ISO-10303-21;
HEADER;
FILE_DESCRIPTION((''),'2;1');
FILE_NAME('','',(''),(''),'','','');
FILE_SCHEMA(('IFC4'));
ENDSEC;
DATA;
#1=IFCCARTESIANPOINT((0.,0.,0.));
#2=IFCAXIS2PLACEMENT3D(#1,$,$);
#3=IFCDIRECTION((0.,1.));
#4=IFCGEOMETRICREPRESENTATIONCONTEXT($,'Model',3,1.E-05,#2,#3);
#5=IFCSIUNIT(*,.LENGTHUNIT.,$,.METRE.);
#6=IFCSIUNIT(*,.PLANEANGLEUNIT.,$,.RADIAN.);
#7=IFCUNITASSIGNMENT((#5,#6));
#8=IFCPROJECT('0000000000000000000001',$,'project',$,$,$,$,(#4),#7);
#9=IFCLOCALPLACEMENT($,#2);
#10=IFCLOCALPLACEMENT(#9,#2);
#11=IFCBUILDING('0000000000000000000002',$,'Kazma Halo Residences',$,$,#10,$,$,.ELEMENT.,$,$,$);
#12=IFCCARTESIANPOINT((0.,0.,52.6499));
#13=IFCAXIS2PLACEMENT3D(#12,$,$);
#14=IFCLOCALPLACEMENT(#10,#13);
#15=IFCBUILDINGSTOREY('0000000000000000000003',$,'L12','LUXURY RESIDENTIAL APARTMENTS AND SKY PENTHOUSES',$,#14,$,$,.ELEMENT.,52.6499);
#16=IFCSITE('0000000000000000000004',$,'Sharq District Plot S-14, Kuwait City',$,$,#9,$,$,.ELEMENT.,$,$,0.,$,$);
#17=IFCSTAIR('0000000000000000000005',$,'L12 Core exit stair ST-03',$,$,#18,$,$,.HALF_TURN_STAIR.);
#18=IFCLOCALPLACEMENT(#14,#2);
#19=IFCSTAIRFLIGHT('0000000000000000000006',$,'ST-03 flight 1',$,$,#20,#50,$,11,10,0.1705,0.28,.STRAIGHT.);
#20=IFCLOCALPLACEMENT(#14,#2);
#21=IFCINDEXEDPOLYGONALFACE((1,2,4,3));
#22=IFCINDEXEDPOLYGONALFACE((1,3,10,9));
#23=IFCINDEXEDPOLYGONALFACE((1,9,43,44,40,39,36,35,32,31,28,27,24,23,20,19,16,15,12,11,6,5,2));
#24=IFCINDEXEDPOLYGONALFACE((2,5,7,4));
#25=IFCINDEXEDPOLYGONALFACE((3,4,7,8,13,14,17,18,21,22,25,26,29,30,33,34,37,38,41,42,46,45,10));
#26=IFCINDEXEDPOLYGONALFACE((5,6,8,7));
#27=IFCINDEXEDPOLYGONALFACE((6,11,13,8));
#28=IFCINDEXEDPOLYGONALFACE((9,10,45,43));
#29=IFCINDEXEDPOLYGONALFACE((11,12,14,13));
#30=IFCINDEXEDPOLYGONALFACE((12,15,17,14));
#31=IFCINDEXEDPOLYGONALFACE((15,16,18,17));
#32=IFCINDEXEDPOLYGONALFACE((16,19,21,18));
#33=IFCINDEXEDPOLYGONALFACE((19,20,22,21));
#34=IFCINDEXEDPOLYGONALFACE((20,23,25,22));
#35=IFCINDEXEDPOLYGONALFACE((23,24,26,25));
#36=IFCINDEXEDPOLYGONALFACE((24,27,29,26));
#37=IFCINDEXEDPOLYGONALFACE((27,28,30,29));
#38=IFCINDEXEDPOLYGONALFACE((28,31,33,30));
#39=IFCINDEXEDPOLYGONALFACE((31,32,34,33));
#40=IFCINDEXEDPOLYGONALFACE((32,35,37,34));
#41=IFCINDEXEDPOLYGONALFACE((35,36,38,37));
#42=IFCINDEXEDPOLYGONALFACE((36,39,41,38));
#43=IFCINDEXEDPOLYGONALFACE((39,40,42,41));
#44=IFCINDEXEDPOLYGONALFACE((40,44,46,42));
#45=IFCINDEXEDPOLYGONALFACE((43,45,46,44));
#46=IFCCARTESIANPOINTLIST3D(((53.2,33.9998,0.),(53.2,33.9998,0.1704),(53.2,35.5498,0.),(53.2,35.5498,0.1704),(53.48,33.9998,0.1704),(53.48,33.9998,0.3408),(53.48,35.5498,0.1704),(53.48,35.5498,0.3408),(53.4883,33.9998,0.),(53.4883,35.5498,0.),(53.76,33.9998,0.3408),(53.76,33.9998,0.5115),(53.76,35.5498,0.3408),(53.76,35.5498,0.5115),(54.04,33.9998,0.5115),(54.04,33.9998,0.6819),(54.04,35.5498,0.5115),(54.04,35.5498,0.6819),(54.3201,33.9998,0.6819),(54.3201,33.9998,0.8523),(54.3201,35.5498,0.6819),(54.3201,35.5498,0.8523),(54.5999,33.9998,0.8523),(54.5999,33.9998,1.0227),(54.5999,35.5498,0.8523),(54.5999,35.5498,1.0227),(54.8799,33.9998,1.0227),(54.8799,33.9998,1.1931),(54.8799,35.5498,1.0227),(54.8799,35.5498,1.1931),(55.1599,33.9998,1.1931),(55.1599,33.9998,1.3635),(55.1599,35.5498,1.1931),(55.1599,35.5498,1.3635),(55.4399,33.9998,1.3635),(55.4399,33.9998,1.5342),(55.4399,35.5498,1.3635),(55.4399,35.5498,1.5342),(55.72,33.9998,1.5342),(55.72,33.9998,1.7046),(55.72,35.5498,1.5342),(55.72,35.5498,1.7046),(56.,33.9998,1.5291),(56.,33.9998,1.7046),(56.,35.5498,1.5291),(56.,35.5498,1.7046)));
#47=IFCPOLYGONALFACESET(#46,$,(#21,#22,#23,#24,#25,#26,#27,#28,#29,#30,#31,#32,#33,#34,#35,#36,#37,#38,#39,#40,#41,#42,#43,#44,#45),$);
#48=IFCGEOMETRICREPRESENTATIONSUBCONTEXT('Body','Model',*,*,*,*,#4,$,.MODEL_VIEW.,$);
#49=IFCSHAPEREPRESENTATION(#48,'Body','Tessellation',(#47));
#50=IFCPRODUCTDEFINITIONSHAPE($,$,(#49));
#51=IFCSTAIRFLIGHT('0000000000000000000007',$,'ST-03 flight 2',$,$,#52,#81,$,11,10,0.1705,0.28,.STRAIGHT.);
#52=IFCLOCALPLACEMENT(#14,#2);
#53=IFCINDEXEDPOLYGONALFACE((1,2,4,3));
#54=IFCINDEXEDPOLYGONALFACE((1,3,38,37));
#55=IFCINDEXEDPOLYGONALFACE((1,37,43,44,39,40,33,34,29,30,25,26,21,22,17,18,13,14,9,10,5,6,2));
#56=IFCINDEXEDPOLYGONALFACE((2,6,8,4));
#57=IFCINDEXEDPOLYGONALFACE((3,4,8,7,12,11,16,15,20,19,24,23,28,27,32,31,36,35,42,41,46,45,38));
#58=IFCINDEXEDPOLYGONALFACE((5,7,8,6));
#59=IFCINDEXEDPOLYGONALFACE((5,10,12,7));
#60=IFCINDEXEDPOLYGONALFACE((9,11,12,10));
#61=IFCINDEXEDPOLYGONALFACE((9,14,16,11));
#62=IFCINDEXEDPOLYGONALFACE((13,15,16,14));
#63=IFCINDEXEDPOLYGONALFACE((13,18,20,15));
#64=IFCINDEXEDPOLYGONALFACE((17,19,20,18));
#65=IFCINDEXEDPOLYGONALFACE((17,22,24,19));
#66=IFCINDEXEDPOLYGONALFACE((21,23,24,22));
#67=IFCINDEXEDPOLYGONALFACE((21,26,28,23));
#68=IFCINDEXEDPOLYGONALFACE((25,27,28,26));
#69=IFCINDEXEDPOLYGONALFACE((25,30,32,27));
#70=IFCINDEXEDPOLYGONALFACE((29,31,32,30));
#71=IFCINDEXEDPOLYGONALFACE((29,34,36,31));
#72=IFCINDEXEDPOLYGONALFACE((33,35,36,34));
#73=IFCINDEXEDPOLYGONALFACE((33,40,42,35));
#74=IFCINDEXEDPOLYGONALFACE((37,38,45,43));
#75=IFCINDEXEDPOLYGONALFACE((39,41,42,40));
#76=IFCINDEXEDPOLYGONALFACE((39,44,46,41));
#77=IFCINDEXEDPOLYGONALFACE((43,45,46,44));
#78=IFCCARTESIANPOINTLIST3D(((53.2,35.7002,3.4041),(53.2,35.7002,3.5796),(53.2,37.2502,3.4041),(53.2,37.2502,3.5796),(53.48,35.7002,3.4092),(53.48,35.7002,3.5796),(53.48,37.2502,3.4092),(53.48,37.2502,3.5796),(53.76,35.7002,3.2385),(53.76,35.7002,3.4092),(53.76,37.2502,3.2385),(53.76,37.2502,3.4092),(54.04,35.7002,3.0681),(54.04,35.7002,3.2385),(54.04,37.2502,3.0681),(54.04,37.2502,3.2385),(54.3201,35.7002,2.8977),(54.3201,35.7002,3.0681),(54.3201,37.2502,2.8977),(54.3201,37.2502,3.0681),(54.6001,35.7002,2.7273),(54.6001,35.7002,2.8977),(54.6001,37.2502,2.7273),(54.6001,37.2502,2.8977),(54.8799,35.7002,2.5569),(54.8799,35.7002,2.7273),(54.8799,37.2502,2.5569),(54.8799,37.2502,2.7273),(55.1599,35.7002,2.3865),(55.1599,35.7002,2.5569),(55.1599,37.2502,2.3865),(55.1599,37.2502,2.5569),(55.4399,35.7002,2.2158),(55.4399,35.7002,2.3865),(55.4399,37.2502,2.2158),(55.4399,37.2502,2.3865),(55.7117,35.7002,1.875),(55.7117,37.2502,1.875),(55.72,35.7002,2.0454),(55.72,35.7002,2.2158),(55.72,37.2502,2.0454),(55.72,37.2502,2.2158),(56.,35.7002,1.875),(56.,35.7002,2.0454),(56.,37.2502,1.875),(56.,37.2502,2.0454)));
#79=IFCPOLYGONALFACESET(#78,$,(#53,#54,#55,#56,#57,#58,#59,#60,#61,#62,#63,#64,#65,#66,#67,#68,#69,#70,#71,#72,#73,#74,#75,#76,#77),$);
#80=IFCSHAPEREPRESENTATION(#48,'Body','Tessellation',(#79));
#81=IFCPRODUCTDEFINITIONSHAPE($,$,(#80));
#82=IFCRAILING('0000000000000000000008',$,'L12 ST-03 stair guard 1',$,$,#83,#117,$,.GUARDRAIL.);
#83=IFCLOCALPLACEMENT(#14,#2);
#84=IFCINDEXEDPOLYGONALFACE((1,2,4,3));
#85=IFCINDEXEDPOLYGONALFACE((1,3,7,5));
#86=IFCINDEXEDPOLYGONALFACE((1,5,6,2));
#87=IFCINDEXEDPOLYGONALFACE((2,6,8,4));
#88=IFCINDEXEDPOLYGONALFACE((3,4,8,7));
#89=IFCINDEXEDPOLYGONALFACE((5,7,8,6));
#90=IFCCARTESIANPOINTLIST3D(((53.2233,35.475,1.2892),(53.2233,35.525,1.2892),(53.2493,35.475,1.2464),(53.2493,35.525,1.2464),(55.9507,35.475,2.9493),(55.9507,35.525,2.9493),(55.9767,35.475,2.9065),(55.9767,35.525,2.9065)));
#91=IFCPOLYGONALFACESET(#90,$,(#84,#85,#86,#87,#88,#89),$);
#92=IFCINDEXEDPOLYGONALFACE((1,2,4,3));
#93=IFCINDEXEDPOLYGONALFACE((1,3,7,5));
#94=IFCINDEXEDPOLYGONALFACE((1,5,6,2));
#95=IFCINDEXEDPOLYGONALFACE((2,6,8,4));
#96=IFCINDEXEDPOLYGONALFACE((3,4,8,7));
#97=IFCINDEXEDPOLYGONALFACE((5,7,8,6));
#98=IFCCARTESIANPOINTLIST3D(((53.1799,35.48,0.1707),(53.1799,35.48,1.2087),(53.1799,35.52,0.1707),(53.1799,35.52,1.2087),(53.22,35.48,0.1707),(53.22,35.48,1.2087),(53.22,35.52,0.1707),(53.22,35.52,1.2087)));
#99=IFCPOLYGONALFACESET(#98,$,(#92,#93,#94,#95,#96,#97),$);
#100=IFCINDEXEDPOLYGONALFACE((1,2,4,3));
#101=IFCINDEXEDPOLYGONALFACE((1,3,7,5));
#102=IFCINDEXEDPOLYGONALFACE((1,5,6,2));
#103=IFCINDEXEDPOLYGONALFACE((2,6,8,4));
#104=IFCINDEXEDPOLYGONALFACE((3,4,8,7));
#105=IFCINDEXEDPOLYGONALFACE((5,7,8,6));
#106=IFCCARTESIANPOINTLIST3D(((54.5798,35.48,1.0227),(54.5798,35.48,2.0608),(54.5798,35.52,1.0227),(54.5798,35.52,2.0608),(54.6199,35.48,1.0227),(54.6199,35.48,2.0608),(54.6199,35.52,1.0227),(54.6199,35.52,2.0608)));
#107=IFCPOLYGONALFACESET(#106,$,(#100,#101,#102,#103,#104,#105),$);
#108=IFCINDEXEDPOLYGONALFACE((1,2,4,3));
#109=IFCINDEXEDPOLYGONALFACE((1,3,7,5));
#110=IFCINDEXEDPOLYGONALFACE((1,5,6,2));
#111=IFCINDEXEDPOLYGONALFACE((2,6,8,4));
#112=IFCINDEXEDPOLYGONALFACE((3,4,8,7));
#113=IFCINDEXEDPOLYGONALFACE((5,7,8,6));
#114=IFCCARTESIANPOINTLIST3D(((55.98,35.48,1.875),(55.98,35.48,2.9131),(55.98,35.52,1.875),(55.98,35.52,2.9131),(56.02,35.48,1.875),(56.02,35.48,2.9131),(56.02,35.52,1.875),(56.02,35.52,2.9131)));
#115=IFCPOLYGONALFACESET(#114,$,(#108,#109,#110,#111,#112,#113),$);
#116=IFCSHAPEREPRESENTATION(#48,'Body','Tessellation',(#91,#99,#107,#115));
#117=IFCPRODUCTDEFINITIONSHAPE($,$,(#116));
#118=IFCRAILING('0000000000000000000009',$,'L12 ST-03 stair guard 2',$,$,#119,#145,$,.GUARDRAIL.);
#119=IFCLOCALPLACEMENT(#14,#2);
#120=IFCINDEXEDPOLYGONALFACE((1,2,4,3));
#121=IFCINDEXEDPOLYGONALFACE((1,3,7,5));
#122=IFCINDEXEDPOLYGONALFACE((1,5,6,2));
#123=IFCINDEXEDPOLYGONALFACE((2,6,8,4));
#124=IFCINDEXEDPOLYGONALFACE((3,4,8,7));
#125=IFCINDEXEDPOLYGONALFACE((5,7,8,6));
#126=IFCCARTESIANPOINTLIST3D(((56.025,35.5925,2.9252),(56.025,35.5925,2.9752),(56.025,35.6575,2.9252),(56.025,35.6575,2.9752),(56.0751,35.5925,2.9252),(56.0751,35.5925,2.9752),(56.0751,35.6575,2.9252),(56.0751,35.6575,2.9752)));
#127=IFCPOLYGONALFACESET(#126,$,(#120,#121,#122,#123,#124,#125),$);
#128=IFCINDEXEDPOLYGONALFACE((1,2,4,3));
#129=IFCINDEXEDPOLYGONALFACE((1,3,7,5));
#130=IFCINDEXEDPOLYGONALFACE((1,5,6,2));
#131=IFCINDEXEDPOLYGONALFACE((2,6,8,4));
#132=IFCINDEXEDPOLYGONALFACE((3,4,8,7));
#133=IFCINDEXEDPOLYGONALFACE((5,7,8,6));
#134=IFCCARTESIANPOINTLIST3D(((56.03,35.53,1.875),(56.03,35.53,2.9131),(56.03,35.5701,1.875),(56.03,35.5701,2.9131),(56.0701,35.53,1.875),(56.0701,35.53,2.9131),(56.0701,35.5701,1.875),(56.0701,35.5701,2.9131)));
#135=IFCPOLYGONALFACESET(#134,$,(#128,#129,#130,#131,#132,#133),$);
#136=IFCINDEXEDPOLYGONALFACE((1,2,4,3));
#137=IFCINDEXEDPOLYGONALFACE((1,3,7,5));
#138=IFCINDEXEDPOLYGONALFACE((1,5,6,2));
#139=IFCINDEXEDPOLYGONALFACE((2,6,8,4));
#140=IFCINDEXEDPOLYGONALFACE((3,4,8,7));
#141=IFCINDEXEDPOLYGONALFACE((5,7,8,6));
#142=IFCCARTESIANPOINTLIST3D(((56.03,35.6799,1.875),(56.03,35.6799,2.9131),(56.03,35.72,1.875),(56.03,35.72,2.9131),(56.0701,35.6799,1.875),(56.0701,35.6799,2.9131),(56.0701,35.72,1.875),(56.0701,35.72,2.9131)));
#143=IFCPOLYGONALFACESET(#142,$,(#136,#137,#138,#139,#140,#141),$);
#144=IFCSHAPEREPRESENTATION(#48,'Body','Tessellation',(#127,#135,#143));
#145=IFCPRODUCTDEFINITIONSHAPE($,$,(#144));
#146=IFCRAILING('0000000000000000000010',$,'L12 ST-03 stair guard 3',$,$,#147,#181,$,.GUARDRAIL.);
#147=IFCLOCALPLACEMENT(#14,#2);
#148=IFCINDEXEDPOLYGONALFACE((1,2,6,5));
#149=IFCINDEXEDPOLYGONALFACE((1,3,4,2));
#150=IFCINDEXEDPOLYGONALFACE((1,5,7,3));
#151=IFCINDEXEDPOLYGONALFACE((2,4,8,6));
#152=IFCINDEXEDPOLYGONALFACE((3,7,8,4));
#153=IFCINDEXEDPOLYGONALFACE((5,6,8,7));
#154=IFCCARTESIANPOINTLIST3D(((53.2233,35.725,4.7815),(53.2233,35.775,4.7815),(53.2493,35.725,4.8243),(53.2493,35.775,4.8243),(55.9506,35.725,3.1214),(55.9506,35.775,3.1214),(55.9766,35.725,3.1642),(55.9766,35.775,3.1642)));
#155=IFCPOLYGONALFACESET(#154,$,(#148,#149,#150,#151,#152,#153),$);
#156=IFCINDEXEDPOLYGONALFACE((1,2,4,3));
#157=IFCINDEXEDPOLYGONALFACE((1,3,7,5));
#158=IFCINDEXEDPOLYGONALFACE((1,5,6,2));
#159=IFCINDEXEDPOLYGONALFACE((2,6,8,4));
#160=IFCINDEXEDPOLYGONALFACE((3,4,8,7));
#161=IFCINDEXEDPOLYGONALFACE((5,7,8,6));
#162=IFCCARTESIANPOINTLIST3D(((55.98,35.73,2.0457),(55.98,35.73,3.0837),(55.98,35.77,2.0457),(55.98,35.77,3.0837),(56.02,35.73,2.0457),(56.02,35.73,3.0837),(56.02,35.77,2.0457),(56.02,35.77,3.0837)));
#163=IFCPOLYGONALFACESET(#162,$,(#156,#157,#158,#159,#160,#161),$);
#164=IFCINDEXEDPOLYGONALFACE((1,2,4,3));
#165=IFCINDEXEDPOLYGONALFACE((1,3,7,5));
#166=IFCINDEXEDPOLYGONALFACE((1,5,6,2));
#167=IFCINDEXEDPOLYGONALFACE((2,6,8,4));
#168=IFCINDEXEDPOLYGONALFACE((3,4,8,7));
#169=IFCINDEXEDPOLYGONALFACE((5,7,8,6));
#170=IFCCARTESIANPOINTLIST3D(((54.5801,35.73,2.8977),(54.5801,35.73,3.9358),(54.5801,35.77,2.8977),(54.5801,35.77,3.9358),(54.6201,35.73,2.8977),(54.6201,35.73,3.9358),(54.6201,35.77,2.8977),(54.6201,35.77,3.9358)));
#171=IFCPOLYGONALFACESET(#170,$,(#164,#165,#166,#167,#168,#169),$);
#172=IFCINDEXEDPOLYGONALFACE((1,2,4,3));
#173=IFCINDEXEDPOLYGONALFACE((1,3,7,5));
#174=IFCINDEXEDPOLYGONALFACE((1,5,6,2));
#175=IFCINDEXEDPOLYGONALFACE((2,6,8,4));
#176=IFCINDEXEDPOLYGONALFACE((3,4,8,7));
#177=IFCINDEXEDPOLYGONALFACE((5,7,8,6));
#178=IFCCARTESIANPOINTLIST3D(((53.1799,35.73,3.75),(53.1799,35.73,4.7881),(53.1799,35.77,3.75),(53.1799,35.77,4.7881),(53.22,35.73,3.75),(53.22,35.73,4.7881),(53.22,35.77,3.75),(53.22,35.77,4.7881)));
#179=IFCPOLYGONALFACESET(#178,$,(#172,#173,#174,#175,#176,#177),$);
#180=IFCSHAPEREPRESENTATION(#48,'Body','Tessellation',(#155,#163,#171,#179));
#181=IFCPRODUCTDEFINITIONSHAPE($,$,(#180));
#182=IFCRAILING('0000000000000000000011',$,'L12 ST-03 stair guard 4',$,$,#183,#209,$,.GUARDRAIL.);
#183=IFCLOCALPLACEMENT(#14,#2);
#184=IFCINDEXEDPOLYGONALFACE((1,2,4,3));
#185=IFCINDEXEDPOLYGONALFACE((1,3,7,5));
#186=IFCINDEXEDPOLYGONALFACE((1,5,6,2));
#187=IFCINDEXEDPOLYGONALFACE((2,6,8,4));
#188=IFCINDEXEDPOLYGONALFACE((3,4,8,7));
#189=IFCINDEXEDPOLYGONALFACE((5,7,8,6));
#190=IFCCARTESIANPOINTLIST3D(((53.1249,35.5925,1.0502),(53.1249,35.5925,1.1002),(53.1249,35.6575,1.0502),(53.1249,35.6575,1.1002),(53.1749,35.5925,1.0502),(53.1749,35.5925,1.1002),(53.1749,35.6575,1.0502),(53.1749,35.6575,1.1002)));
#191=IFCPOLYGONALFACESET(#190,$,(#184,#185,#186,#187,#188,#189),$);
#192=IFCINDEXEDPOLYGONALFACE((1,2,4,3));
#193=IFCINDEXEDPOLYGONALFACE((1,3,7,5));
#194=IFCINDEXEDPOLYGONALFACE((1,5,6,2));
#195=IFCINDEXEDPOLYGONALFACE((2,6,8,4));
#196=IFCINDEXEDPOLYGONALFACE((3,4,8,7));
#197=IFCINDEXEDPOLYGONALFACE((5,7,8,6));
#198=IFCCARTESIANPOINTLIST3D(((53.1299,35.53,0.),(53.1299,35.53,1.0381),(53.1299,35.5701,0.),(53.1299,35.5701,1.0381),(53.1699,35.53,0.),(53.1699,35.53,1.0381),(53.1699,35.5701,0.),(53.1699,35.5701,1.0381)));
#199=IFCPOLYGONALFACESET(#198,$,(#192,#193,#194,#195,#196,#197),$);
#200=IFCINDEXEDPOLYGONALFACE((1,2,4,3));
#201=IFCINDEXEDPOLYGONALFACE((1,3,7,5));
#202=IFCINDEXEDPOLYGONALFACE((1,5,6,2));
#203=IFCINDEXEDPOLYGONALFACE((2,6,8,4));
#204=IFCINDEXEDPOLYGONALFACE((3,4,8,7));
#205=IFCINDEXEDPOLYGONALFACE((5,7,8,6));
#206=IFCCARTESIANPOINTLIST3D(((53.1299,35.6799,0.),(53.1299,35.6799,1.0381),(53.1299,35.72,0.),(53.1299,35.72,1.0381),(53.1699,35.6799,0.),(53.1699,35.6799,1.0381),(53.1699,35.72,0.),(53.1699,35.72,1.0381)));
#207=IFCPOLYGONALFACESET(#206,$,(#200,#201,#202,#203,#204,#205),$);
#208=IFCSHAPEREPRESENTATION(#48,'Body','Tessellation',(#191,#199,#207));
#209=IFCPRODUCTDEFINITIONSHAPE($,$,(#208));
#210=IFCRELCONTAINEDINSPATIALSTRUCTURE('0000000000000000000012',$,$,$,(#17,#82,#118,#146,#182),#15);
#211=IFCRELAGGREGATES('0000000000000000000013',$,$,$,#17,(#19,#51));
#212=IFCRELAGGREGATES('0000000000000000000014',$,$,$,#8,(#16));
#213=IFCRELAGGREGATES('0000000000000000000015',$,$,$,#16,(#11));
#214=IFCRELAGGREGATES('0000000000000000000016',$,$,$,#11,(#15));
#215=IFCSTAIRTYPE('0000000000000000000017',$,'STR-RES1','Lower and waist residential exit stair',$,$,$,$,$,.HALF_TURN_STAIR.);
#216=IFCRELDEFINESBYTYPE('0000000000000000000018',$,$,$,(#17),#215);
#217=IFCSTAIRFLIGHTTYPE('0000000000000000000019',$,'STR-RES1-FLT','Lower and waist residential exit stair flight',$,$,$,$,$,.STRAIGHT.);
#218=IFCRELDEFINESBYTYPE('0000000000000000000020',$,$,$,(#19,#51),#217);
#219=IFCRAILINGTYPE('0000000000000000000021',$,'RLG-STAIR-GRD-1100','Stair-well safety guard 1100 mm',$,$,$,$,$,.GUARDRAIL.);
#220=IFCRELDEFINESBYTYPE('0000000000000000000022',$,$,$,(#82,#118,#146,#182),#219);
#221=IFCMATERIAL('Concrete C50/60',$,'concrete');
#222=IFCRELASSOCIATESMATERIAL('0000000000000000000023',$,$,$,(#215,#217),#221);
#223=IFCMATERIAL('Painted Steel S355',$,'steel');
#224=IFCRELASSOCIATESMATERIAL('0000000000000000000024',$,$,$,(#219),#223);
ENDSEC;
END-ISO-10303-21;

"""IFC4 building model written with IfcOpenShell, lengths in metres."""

from ifc_helpers import new_model, si_unit, direction, frame, origin, origin_2d, place, context, subcontext, project, spatial, polyline, rectangle, outline, extrude, material, type_object, element, aggregate, save


model = new_model("IFC4")

# Units and contexts
model_context = context("Model", 3, precision=1e-05, world=origin(), true_north=direction((0.0, 1.0)))
body_context = subcontext(model_context, "Body", "Model", "MODEL_VIEW")
ifc_project = project(units=[si_unit("LENGTHUNIT", "METRE"), si_unit("PLANEANGLEUNIT", "RADIAN")], contexts=[model_context])

# Site, building, storey
site_placement = place(None, origin())
site = spatial("IfcSite", under=ifc_project, at=site_placement, Name="Sharq District Plot S-14, Kuwait City", CompositionType="ELEMENT", RefElevation=0.0)
building_placement = place(site_placement, origin())
building = spatial("IfcBuilding", under=site, at=building_placement, Name="Kazma Halo Residences", CompositionType="ELEMENT")
storey_placement = place(building_placement, frame((0.0, 0.0, 52.6499)))
storey = spatial("IfcBuildingStorey", under=building, at=storey_placement, Name="L12", Description="LUXURY RESIDENTIAL APARTMENTS AND SKY PENTHOUSES", CompositionType="ELEMENT", Elevation=52.6499)

# Shared definitions
ifc_material_1 = material(Name="Concrete C50/60", Category="concrete")

# Stair, stair flights
stair_type = type_object("IfcStairType", Name="STR-RES1", Description="Lower and waist residential exit stair", PredefinedType="HALF_TURN_STAIR", material=ifc_material_1)
stair_placement = place(storey_placement, origin())
stair = element("IfcStair", 1, at=stair_placement, inside=storey, type_object=stair_type, Name="L12 Core exit stair ST-03", PredefinedType="HALF_TURN_STAIR")
stair_flight_type = type_object("IfcStairFlightType", Name="STR-RES1-FLT", Description="Lower and waist residential exit stair flight", PredefinedType="STRAIGHT", material=ifc_material_1)
stair_flight_1_placement = place(storey_placement, frame((53.2, 34.7749, 0.0), z_axis=(0.0, 0.0, 1.0), x_axis=(1.0, 0.0, 0.0)))
stair_flight_1 = element("IfcStairFlight", 2, at=stair_flight_1_placement, type_object=stair_flight_type, Name="ST-03 flight 1", NumberOfRisers=11, NumberOfTreads=10, PredefinedType="STRAIGHT", RiserHeight=0.1705, TreadLength=0.28, context=body_context, shape_type="SweptSolid", body=[
    extrude(outline(polyline([(0.0, 0.0), (0.0, 0.1704), (0.28, 0.1704), (0.28, 0.3408), (0.5601, 0.3408), (0.5601, 0.5115), (0.8401, 0.5115), (0.8401, 0.6819), (1.1201, 0.6819), (1.1201, 0.8523), (1.3999, 0.8523), (1.3999, 1.0227), (1.6799, 1.0227), (1.6799, 1.1931), (1.96, 1.1931), (1.96, 1.3635), (2.24, 1.3635), (2.24, 1.5342), (2.52, 1.5342), (2.52, 1.7046), (2.8, 1.7046), (2.8, 1.875), (2.8, 1.5291), (0.2883, 0.0), (0.0, 0.0)])), frame((0.0, 0.7749, 0.0), z_axis=(0.0, -1.0, 0.0), x_axis=(1.0, 0.0, 0.0)), (0.0, 0.0, 1.0), 1.55),
])
stair_flight_2_placement = place(storey_placement, frame((56.0, 36.4751, 1.875), z_axis=(0.0, 0.0, 1.0), x_axis=(-1.0, 0.0, 0.0)))
stair_flight_2 = element("IfcStairFlight", 3, at=stair_flight_2_placement, type_object=stair_flight_type, Name="ST-03 flight 2", NumberOfRisers=11, NumberOfTreads=10, PredefinedType="STRAIGHT", RiserHeight=0.1705, TreadLength=0.28, context=body_context, shape_type="SweptSolid", body=[
    extrude(outline(polyline([(0.0, 0.0), (0.0, 0.1704), (0.28, 0.1704), (0.28, 0.3408), (0.5601, 0.3408), (0.5601, 0.5115), (0.8401, 0.5115), (0.8401, 0.6819), (1.1201, 0.6819), (1.1201, 0.8523), (1.3999, 0.8523), (1.3999, 1.0227), (1.6799, 1.0227), (1.6799, 1.1931), (1.96, 1.1931), (1.96, 1.3635), (2.24, 1.3635), (2.24, 1.5342), (2.52, 1.5342), (2.52, 1.7046), (2.8, 1.7046), (2.8, 1.875), (2.8, 1.5291), (0.2883, 0.0), (0.0, 0.0)])), frame((0.0, 0.7749, 0.0), z_axis=(0.0, -1.0, 0.0), x_axis=(1.0, 0.0, 0.0)), (0.0, 0.0, 1.0), 1.55),
])
aggregate(stair, [stair_flight_1, stair_flight_2])

# Railings
ifc_material_2 = material(Name="Painted Steel S355", Category="steel")
railing_type_1 = type_object("IfcRailingType", Name="RLG-STAIR-GRD-1100", Description="Stair-well safety guard 1100 mm", PredefinedType="GUARDRAIL", material=ifc_material_2)
railing_1_placement = place(storey_placement, frame((53.2, 35.5, 0.1707)))
element("IfcRailing", 4, at=railing_1_placement, inside=storey, type_object=railing_type_1, Name="L12 ST-03 stair guard 1", PredefinedType="GUARDRAIL", context=body_context, shape_type="SweptSolid", body=[
    extrude(rectangle(XDim=0.05, YDim=0.05, at=origin_2d()), frame((0.0364, 0.0, 1.0972), z_axis=(0.854203, 0.0, 0.51994), x_axis=(0.0, 1.0, 0.0)), (0.0, 0.0, 1.0), 3.1929),
    extrude(rectangle(XDim=0.04, YDim=0.04, at=origin_2d()), origin(), (0.0, 0.0, 1.0), 1.0381),
    extrude(rectangle(XDim=0.04, YDim=0.04, at=origin_2d()), frame((1.3999, 0.0, 0.8521)), (0.0, 0.0, 1.0), 1.0381),
    extrude(rectangle(XDim=0.04, YDim=0.04, at=origin_2d()), frame((2.8, 0.0, 1.7043)), (0.0, 0.0, 1.0), 1.0381),
])
railing_2_placement = place(storey_placement, frame((56.05, 35.55, 1.875)))
element("IfcRailing", 5, at=railing_2_placement, inside=storey, type_object=railing_type_1, Name="L12 ST-03 stair guard 2", PredefinedType="GUARDRAIL", context=body_context, shape_type="SweptSolid", body=[
    extrude(rectangle(XDim=0.05, YDim=0.05, at=origin_2d()), frame((0.0, 0.0425, 1.0752), z_axis=(0.0, 1.0, 0.0), x_axis=(-1.0, 0.0, 0.0)), (0.0, 0.0, 1.0), 0.0649),
    extrude(rectangle(XDim=0.04, YDim=0.04, at=origin_2d()), origin(), (0.0, 0.0, 1.0), 1.0381),
    extrude(rectangle(XDim=0.04, YDim=0.04, at=origin_2d()), frame((0.0, 0.1499, 0.0)), (0.0, 0.0, 1.0), 1.0381),
])
railing_3_placement = place(storey_placement, frame((56.0, 35.75, 2.0457)))
element("IfcRailing", 6, at=railing_3_placement, inside=storey, type_object=railing_type_1, Name="L12 ST-03 stair guard 3", PredefinedType="GUARDRAIL", context=body_context, shape_type="SweptSolid", body=[
    extrude(rectangle(XDim=0.05, YDim=0.05, at=origin_2d()), frame((-0.0364, 0.0, 1.0972), z_axis=(-0.854203, 0.0, 0.51994), x_axis=(0.0, -1.0, 0.0)), (0.0, 0.0, 1.0), 3.1929),
    extrude(rectangle(XDim=0.04, YDim=0.04, at=origin_2d()), origin(), (0.0, 0.0, 1.0), 1.0381),
    extrude(rectangle(XDim=0.04, YDim=0.04, at=origin_2d()), frame((-1.3999, 0.0, 0.8521)), (0.0, 0.0, 1.0), 1.0381),
    extrude(rectangle(XDim=0.04, YDim=0.04, at=origin_2d()), frame((-2.8, 0.0, 1.7043)), (0.0, 0.0, 1.0), 1.0381),
])
railing_4_placement = place(storey_placement, frame((53.1499, 35.55, 0.0)))
element("IfcRailing", 7, at=railing_4_placement, inside=storey, type_object=railing_type_1, Name="L12 ST-03 stair guard 4", PredefinedType="GUARDRAIL", context=body_context, shape_type="SweptSolid", body=[
    extrude(rectangle(XDim=0.05, YDim=0.05, at=origin_2d()), frame((0.0, 0.0425, 1.0752), z_axis=(0.0, 1.0, 0.0), x_axis=(-1.0, 0.0, 0.0)), (0.0, 0.0, 1.0), 0.0649),
    extrude(rectangle(XDim=0.04, YDim=0.04, at=origin_2d()), origin(), (0.0, 0.0, 1.0), 1.0381),
    extrude(rectangle(XDim=0.04, YDim=0.04, at=origin_2d()), frame((0.0, 0.1499, 0.0)), (0.0, 0.0, 1.0), 1.0381),
])

save(model, "model.ifc")
